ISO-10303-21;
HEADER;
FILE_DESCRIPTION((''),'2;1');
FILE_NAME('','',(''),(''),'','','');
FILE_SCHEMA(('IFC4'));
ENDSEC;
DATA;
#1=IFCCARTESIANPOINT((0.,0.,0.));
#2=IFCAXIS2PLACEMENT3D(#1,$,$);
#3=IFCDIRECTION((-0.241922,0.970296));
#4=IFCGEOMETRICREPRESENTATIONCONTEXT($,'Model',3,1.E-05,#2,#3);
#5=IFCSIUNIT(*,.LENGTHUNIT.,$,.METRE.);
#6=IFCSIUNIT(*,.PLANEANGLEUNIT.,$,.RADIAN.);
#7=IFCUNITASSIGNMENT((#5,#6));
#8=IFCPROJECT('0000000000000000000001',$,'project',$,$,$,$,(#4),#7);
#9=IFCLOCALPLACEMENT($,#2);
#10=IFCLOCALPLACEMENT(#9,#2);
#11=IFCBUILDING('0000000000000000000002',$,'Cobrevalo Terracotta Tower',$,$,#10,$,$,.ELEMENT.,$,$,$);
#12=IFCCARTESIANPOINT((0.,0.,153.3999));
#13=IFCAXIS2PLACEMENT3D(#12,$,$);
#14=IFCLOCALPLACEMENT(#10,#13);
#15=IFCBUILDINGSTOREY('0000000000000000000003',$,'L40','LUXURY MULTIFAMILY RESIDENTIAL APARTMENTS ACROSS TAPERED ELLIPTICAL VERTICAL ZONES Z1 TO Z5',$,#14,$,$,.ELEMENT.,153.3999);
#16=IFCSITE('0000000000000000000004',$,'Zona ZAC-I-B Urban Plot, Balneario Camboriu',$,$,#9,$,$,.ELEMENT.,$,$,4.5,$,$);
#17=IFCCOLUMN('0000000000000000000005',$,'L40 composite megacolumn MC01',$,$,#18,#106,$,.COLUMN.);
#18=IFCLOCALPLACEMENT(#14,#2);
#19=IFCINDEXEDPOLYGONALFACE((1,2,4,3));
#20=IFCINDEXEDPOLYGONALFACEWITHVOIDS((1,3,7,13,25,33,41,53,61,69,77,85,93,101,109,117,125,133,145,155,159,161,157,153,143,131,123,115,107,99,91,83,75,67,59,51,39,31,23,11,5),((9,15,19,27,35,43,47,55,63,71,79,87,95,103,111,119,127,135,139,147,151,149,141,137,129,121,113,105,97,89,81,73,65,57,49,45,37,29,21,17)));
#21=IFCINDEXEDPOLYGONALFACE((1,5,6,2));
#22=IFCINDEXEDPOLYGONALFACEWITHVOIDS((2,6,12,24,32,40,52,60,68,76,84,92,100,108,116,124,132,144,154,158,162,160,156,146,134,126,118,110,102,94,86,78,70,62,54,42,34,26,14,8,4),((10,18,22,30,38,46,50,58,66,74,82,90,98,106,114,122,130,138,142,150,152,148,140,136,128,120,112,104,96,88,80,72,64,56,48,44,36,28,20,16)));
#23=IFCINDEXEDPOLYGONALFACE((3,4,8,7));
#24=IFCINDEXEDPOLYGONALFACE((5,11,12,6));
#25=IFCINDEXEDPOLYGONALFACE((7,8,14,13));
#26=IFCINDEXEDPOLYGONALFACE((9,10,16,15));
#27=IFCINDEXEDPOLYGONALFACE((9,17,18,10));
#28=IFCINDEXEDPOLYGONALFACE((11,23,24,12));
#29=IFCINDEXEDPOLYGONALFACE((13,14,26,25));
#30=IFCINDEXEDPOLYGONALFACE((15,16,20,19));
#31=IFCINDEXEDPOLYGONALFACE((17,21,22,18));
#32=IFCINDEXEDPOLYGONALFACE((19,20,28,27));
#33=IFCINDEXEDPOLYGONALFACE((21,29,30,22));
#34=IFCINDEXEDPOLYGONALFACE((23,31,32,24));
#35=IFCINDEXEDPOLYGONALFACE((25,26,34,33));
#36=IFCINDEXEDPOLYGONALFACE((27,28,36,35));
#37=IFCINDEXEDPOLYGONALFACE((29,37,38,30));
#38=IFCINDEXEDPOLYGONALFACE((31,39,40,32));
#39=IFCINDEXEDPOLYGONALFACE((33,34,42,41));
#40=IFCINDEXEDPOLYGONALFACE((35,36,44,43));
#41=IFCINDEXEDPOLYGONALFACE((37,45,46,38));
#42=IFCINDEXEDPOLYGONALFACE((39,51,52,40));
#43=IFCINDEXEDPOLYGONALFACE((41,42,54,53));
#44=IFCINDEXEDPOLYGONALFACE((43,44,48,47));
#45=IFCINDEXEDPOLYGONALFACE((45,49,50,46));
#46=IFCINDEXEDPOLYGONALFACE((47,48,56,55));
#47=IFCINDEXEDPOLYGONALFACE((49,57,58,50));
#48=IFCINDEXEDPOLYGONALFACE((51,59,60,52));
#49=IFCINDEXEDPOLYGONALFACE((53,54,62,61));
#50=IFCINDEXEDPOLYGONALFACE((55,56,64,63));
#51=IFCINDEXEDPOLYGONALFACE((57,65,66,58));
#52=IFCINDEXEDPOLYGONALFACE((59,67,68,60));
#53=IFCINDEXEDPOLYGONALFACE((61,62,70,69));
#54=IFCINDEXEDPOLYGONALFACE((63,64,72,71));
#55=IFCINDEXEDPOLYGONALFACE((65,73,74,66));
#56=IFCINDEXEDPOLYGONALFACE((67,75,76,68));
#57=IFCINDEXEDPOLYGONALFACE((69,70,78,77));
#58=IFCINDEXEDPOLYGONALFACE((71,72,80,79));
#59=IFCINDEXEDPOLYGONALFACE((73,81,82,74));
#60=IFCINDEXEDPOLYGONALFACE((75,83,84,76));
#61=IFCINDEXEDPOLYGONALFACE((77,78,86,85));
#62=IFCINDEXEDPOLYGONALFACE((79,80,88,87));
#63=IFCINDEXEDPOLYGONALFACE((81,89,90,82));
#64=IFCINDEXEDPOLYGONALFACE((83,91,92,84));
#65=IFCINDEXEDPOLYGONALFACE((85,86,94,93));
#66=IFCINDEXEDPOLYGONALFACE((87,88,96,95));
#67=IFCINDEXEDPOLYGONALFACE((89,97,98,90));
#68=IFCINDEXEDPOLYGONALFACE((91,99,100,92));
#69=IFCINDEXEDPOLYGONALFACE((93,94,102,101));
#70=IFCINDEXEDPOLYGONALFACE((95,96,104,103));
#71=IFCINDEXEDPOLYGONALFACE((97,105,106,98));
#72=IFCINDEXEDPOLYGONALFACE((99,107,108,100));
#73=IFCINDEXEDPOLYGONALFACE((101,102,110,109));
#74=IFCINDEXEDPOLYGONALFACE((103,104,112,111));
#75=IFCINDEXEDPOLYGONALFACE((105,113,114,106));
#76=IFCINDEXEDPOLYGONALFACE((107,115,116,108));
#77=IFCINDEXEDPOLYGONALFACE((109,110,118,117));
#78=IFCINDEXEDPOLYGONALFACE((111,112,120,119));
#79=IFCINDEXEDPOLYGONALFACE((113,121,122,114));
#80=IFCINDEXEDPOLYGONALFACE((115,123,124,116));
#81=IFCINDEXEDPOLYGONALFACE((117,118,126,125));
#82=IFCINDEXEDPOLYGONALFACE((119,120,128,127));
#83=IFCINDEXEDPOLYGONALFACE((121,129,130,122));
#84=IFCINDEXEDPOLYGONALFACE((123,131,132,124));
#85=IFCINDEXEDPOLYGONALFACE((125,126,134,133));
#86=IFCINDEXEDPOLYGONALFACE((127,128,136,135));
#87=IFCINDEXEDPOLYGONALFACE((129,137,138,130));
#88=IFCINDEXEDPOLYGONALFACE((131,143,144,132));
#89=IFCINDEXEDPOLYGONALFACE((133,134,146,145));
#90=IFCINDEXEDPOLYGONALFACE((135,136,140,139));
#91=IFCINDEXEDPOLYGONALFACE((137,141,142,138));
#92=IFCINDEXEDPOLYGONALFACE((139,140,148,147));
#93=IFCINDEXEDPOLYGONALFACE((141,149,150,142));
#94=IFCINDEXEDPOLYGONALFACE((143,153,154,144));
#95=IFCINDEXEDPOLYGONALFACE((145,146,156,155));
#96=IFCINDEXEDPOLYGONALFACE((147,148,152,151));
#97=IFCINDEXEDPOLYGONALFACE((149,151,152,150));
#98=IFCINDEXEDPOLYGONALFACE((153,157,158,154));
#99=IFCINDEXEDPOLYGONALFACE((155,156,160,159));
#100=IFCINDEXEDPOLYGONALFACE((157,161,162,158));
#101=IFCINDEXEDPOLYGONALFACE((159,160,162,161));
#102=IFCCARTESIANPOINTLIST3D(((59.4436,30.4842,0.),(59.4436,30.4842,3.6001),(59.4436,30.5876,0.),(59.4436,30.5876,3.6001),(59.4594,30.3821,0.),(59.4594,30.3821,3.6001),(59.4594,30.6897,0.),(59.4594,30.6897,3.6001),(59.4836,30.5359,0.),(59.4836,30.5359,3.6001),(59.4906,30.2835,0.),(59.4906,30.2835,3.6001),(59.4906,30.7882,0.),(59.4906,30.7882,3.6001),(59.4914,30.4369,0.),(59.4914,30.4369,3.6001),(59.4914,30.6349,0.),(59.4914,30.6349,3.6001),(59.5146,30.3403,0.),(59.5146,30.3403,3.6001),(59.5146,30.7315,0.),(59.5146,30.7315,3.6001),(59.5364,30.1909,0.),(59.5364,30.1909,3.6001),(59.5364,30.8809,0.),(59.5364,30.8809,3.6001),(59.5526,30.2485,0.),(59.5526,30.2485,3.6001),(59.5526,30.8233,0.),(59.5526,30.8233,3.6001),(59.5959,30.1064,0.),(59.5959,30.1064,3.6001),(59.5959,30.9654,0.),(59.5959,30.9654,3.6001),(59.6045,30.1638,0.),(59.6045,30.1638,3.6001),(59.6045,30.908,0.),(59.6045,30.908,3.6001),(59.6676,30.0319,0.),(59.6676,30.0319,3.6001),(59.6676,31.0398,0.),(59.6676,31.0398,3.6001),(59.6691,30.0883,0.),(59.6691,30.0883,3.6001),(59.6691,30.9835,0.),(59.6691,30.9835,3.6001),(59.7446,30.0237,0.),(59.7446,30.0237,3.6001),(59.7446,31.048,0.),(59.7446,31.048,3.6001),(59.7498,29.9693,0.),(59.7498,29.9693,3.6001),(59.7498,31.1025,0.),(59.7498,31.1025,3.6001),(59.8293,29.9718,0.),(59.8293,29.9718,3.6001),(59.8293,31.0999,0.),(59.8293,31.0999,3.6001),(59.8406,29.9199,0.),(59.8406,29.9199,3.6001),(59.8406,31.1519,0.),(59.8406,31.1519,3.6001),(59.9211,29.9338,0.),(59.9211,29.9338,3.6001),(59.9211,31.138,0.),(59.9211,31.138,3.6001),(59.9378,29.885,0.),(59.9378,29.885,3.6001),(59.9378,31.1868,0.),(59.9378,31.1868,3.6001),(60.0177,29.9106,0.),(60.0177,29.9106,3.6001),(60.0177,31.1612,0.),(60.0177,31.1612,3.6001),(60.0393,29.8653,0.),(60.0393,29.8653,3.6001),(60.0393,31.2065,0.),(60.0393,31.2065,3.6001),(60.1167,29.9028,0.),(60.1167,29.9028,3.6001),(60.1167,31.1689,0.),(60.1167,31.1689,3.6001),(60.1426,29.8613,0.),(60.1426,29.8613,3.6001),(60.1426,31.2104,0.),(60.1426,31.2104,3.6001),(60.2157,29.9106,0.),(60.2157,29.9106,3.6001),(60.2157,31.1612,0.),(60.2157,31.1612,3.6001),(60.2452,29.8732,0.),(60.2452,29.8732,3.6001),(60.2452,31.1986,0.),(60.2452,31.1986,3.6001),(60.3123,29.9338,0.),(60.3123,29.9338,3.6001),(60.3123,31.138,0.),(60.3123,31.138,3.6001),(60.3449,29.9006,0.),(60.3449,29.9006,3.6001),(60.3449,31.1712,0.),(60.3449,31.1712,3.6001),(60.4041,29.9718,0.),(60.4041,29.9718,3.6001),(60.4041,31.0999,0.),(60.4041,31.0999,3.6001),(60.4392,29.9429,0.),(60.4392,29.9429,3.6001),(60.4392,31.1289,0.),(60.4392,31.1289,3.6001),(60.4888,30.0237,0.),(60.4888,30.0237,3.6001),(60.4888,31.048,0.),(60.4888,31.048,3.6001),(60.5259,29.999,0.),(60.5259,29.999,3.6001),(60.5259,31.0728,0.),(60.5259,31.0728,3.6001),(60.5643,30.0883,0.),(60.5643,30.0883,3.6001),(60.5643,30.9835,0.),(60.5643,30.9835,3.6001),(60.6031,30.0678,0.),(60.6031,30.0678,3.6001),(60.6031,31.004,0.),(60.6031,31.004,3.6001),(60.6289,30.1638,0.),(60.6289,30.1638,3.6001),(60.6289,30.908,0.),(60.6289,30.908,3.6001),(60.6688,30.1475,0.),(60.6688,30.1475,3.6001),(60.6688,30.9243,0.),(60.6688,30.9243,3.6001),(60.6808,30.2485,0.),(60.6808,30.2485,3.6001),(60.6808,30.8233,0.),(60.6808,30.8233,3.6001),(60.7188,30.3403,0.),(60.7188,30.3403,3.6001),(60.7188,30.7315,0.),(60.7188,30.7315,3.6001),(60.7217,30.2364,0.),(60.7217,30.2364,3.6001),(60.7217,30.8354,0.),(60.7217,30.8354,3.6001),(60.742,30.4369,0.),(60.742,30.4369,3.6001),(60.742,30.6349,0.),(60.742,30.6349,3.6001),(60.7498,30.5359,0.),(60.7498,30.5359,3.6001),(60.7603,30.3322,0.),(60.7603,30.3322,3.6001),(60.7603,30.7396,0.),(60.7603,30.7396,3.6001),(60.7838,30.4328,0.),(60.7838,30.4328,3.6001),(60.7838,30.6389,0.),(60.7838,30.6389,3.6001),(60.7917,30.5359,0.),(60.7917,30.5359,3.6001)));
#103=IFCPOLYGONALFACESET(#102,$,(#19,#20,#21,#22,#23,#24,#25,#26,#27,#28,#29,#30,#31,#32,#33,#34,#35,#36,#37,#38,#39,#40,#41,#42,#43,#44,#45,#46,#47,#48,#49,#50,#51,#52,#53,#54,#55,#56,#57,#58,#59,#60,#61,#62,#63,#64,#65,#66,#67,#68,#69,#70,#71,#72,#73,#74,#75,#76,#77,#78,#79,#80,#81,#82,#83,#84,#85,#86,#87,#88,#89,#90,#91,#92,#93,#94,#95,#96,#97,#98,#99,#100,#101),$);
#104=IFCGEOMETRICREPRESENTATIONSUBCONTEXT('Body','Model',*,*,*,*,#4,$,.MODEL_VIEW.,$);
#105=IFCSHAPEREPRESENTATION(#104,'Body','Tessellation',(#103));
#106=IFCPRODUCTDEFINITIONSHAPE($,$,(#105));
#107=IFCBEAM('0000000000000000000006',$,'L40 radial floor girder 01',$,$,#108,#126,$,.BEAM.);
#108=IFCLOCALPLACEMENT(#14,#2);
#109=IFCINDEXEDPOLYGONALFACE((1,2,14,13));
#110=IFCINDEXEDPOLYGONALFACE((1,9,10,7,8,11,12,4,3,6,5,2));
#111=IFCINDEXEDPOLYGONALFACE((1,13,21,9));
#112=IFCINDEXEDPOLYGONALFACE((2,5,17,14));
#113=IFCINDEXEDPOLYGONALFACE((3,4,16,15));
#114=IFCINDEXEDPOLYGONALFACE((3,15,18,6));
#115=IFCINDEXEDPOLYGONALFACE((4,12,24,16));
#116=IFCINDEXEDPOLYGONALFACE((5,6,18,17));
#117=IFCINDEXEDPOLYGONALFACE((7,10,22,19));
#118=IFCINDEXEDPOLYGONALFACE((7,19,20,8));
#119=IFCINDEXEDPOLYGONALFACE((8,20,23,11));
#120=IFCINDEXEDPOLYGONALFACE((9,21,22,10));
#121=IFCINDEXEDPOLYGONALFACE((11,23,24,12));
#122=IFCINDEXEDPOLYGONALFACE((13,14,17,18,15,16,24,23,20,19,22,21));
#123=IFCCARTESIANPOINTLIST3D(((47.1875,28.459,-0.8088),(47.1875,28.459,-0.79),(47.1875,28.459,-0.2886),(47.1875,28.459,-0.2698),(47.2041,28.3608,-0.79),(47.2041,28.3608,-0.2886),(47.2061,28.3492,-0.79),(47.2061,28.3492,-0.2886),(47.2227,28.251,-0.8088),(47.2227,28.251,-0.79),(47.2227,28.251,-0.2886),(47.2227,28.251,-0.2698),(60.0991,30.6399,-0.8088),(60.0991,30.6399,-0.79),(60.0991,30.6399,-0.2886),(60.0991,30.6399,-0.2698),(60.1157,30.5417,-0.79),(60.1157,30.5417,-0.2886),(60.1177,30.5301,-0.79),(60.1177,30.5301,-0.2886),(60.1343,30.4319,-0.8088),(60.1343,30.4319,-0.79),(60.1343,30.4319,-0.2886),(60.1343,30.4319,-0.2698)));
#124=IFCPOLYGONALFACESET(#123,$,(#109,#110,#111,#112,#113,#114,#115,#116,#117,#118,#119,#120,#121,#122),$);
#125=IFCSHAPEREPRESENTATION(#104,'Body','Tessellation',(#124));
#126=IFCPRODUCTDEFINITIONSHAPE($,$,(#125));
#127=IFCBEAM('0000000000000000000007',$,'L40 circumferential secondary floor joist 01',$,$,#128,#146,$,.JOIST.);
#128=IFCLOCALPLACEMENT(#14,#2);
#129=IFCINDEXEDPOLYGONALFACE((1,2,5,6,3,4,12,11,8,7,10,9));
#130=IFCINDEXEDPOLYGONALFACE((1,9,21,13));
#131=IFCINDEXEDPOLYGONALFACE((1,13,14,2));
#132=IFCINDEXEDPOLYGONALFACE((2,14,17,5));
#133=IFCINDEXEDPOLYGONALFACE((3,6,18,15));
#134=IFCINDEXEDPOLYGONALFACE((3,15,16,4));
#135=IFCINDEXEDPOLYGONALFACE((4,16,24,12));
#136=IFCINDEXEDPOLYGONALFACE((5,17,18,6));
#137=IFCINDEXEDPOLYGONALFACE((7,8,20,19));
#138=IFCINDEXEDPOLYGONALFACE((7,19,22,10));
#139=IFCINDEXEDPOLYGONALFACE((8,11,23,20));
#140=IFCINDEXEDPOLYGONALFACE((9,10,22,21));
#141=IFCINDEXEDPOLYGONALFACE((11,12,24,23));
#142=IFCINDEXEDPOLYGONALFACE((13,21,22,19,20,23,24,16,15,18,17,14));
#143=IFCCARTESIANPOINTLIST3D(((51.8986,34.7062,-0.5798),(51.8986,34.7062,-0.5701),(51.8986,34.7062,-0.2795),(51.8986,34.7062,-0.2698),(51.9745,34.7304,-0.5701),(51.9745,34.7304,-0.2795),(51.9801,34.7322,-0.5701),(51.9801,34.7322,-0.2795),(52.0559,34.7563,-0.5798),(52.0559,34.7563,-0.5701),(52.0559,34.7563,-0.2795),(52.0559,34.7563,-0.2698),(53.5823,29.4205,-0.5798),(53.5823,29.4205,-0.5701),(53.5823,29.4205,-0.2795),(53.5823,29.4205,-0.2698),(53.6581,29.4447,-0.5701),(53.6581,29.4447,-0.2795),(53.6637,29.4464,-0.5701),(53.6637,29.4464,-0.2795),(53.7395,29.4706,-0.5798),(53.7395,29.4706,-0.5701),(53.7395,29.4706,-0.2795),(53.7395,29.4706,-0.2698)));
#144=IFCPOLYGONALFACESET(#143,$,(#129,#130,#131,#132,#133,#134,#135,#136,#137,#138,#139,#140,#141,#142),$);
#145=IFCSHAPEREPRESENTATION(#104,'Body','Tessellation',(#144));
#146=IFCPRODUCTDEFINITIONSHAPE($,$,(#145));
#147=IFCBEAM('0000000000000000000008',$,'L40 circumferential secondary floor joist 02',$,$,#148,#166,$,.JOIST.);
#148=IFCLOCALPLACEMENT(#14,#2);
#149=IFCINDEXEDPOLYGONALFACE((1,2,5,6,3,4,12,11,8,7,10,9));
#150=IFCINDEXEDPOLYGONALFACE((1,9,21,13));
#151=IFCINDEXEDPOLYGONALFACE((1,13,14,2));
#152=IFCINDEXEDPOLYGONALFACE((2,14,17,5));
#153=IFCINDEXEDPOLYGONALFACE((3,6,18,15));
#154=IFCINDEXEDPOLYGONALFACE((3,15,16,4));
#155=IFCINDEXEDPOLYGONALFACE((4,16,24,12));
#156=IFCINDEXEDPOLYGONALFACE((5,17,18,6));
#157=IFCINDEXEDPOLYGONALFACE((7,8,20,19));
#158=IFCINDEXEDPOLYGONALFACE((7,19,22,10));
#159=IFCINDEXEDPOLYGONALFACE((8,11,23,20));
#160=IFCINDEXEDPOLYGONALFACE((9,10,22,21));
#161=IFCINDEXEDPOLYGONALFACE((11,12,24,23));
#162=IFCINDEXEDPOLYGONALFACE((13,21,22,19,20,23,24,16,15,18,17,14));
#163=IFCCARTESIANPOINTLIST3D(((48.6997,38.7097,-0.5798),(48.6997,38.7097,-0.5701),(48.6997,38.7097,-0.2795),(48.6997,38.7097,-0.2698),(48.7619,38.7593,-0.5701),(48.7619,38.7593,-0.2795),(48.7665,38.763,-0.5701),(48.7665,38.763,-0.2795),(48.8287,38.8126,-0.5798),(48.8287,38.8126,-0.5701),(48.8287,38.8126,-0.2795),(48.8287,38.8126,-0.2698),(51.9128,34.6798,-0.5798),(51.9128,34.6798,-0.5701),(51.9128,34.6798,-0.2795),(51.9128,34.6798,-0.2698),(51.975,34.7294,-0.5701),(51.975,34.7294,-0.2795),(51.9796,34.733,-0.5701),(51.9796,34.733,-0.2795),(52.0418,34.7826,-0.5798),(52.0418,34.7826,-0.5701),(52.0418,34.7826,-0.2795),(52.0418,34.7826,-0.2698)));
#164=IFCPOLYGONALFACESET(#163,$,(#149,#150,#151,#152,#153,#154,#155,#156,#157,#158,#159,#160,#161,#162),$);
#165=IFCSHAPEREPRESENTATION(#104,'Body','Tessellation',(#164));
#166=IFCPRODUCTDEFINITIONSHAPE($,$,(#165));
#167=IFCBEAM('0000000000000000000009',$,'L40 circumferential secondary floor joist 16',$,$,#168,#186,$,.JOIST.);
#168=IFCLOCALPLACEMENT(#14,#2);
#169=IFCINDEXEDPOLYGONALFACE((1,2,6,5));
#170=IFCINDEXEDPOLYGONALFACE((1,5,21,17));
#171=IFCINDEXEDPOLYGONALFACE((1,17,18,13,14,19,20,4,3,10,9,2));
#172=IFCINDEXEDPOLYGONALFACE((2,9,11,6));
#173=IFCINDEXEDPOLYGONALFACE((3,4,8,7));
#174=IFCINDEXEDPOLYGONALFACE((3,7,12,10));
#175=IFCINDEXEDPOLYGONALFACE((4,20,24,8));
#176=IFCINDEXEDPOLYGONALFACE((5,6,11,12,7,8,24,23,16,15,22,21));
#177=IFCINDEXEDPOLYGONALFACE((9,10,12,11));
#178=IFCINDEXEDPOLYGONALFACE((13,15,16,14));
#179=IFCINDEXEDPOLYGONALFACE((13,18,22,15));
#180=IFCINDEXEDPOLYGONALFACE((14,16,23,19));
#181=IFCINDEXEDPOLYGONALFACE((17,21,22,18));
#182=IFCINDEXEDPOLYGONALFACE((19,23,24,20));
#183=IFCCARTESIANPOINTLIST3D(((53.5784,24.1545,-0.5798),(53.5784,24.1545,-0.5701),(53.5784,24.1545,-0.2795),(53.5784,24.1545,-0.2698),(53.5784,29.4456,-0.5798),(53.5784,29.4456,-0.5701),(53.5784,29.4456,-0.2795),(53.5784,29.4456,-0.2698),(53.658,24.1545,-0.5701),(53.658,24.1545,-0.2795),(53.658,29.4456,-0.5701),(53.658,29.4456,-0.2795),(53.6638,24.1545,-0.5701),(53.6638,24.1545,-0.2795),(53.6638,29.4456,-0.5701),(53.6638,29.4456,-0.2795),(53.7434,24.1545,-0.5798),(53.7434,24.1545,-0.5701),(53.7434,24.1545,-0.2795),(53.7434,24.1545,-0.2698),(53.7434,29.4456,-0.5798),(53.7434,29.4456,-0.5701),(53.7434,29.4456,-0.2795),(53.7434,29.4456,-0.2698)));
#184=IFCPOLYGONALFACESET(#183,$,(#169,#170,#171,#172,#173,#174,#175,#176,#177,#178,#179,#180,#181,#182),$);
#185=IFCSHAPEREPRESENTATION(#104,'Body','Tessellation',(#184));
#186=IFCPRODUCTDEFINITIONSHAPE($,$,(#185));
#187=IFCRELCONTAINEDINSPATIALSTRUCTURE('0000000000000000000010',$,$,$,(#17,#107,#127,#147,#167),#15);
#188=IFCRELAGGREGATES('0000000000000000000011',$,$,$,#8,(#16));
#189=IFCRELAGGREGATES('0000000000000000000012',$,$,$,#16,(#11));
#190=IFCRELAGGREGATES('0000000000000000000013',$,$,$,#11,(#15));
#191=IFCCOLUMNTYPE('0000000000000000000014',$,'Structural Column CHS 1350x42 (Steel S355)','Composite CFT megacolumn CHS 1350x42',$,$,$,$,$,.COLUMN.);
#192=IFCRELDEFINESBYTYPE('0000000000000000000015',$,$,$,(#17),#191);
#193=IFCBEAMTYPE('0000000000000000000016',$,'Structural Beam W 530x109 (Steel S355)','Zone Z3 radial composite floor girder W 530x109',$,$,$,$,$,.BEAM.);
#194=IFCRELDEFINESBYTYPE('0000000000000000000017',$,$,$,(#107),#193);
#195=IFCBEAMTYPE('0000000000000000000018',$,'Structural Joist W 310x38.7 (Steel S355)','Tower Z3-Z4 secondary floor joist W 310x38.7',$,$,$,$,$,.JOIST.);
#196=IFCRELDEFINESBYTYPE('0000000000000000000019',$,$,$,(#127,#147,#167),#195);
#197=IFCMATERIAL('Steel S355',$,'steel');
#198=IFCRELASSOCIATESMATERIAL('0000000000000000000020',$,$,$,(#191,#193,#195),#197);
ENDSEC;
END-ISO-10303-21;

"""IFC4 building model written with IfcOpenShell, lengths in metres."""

from ifc_helpers import new_model, si_unit, direction, frame, origin, origin_2d, place, context, subcontext, project, spatial, hollow_circle, i_section, extrude, material, material_profile, profile_set, type_object, element, save


model = new_model("IFC4")

# Units and contexts
model_context = context("Model", 3, precision=1e-05, world=origin(), true_north=direction((-0.241922, 0.970296)))
body_context = subcontext(model_context, "Body", "Model", "MODEL_VIEW")
ifc_project = project(units=[si_unit("LENGTHUNIT", "METRE"), si_unit("PLANEANGLEUNIT", "RADIAN")], contexts=[model_context])

# Site, building, storey
site_placement = place(None, origin())
site = spatial("IfcSite", under=ifc_project, at=site_placement, Name="Zona ZAC-I-B Urban Plot, Balneario Camboriu", CompositionType="ELEMENT", RefElevation=4.5)
building_placement = place(site_placement, origin())
building = spatial("IfcBuilding", under=site, at=building_placement, Name="Cobrevalo Terracotta Tower", CompositionType="ELEMENT")
storey_placement = place(building_placement, frame((0.0, 0.0, 153.3999)))
storey = spatial("IfcBuildingStorey", under=building, at=storey_placement, Name="L40", Description="LUXURY MULTIFAMILY RESIDENTIAL APARTMENTS ACROSS TAPERED ELLIPTICAL VERTICAL ZONES Z1 TO Z5", CompositionType="ELEMENT", Elevation=153.3999)

# Column
ifc_material_1 = material(Name="Steel S355", Category="steel")
ifc_material_profile_1 = material_profile(ifc_material_1, hollow_circle(Radius=0.675, WallThickness=0.042, at=origin_2d()), Name="CHS 1350x42")
ifc_profile_set_1 = profile_set([ifc_material_profile_1], Name="Steel S355")
column_type = type_object("IfcColumnType", Name="Structural Column CHS 1350x42 (Steel S355)", Description="Composite CFT megacolumn CHS 1350x42", PredefinedType="COLUMN", material=ifc_profile_set_1)
column_placement = place(storey_placement, frame((60.1167, 30.5359, 0.0), z_axis=(0.0, 0.0, 1.0), x_axis=(1.0, 0.0, 0.0)))
element("IfcColumn", 1, at=column_placement, inside=storey, type_object=column_type, Name="L40 composite megacolumn MC01", PredefinedType="COLUMN", context=body_context, shape_type="SweptSolid", body=[
    extrude(hollow_circle(Radius=0.675, WallThickness=0.042, at=origin_2d()), origin(), (0.0, 0.0, 1.0), 3.6001),
])

# Beams
ifc_material_profile_2 = material_profile(ifc_material_1, i_section(OverallWidth=0.2109, OverallDepth=0.5391, WebThickness=0.0117, FlangeThickness=0.0188, at=origin_2d()), Name="W 530x109")
ifc_profile_set_2 = profile_set([ifc_material_profile_2], Name="Steel S355")
beam_type_1 = type_object("IfcBeamType", Name="Structural Beam W 530x109 (Steel S355)", Description="Zone Z3 radial composite floor girder W 530x109", PredefinedType="BEAM", material=ifc_profile_set_2)
beam_1_placement = place(storey_placement, frame((60.1167, 30.5359, -0.5393), z_axis=(-0.986033, -0.166551, 0.0), x_axis=(0.166551, -0.986033, 0.0)))
element("IfcBeam", 2, at=beam_1_placement, inside=storey, type_object=beam_type_1, Name="L40 radial floor girder 01", PredefinedType="BEAM", context=body_context, shape_type="SweptSolid", body=[
    extrude(i_section(OverallWidth=0.2109, OverallDepth=0.5391, WebThickness=0.0117, FlangeThickness=0.0188, at=origin_2d()), origin(), (0.0, 0.0, 1.0), 13.0945),
])
ifc_material_profile_3 = material_profile(ifc_material_1, i_section(OverallWidth=0.165, OverallDepth=0.3101, WebThickness=0.0059, FlangeThickness=0.0098, at=origin_2d()), Name="W 310x38.7")
ifc_profile_set_3 = profile_set([ifc_material_profile_3], Name="Steel S355")
beam_type_2 = type_object("IfcBeamType", Name="Structural Joist W 310x38.7 (Steel S355)", Description="Tower Z3-Z4 secondary floor joist W 310x38.7", PredefinedType="JOIST", material=ifc_profile_set_3)
beam_2_placement = place(storey_placement, frame((53.6609, 29.4456, -0.4248), z_axis=(-0.303498, 0.952832, 0.0), x_axis=(-0.952832, -0.303498, 0.0)))
element("IfcBeam", 3, at=beam_2_placement, inside=storey, type_object=beam_type_2, Name="L40 circumferential secondary floor joist 01", PredefinedType="JOIST", context=body_context, shape_type="SweptSolid", body=[
    extrude(i_section(OverallWidth=0.165, OverallDepth=0.3101, WebThickness=0.0059, FlangeThickness=0.0098, at=origin_2d()), origin(), (0.0, 0.0, 1.0), 5.5474),
])
beam_3_placement = place(storey_placement, frame((51.9773, 34.7312, -0.4248), z_axis=(-0.623406, 0.781898, 0.0), x_axis=(-0.781898, -0.623406, 0.0)))
element("IfcBeam", 4, at=beam_3_placement, inside=storey, type_object=beam_type_2, Name="L40 circumferential secondary floor joist 02", PredefinedType="JOIST", context=body_context, shape_type="SweptSolid", body=[
    extrude(i_section(OverallWidth=0.165, OverallDepth=0.3101, WebThickness=0.0059, FlangeThickness=0.0098, at=origin_2d()), origin(), (0.0, 0.0, 1.0), 5.1541),
])
beam_4_placement = place(storey_placement, frame((53.6609, 24.1545, -0.4248), z_axis=(0.0, 1.0, 0.0), x_axis=(-1.0, 0.0, 0.0)))
element("IfcBeam", 5, at=beam_4_placement, inside=storey, type_object=beam_type_2, Name="L40 circumferential secondary floor joist 16", PredefinedType="JOIST", context=body_context, shape_type="SweptSolid", body=[
    extrude(i_section(OverallWidth=0.165, OverallDepth=0.3101, WebThickness=0.0059, FlangeThickness=0.0098, at=origin_2d()), origin(), (0.0, 0.0, 1.0), 5.291),
])

save(model, "model.ifc")
